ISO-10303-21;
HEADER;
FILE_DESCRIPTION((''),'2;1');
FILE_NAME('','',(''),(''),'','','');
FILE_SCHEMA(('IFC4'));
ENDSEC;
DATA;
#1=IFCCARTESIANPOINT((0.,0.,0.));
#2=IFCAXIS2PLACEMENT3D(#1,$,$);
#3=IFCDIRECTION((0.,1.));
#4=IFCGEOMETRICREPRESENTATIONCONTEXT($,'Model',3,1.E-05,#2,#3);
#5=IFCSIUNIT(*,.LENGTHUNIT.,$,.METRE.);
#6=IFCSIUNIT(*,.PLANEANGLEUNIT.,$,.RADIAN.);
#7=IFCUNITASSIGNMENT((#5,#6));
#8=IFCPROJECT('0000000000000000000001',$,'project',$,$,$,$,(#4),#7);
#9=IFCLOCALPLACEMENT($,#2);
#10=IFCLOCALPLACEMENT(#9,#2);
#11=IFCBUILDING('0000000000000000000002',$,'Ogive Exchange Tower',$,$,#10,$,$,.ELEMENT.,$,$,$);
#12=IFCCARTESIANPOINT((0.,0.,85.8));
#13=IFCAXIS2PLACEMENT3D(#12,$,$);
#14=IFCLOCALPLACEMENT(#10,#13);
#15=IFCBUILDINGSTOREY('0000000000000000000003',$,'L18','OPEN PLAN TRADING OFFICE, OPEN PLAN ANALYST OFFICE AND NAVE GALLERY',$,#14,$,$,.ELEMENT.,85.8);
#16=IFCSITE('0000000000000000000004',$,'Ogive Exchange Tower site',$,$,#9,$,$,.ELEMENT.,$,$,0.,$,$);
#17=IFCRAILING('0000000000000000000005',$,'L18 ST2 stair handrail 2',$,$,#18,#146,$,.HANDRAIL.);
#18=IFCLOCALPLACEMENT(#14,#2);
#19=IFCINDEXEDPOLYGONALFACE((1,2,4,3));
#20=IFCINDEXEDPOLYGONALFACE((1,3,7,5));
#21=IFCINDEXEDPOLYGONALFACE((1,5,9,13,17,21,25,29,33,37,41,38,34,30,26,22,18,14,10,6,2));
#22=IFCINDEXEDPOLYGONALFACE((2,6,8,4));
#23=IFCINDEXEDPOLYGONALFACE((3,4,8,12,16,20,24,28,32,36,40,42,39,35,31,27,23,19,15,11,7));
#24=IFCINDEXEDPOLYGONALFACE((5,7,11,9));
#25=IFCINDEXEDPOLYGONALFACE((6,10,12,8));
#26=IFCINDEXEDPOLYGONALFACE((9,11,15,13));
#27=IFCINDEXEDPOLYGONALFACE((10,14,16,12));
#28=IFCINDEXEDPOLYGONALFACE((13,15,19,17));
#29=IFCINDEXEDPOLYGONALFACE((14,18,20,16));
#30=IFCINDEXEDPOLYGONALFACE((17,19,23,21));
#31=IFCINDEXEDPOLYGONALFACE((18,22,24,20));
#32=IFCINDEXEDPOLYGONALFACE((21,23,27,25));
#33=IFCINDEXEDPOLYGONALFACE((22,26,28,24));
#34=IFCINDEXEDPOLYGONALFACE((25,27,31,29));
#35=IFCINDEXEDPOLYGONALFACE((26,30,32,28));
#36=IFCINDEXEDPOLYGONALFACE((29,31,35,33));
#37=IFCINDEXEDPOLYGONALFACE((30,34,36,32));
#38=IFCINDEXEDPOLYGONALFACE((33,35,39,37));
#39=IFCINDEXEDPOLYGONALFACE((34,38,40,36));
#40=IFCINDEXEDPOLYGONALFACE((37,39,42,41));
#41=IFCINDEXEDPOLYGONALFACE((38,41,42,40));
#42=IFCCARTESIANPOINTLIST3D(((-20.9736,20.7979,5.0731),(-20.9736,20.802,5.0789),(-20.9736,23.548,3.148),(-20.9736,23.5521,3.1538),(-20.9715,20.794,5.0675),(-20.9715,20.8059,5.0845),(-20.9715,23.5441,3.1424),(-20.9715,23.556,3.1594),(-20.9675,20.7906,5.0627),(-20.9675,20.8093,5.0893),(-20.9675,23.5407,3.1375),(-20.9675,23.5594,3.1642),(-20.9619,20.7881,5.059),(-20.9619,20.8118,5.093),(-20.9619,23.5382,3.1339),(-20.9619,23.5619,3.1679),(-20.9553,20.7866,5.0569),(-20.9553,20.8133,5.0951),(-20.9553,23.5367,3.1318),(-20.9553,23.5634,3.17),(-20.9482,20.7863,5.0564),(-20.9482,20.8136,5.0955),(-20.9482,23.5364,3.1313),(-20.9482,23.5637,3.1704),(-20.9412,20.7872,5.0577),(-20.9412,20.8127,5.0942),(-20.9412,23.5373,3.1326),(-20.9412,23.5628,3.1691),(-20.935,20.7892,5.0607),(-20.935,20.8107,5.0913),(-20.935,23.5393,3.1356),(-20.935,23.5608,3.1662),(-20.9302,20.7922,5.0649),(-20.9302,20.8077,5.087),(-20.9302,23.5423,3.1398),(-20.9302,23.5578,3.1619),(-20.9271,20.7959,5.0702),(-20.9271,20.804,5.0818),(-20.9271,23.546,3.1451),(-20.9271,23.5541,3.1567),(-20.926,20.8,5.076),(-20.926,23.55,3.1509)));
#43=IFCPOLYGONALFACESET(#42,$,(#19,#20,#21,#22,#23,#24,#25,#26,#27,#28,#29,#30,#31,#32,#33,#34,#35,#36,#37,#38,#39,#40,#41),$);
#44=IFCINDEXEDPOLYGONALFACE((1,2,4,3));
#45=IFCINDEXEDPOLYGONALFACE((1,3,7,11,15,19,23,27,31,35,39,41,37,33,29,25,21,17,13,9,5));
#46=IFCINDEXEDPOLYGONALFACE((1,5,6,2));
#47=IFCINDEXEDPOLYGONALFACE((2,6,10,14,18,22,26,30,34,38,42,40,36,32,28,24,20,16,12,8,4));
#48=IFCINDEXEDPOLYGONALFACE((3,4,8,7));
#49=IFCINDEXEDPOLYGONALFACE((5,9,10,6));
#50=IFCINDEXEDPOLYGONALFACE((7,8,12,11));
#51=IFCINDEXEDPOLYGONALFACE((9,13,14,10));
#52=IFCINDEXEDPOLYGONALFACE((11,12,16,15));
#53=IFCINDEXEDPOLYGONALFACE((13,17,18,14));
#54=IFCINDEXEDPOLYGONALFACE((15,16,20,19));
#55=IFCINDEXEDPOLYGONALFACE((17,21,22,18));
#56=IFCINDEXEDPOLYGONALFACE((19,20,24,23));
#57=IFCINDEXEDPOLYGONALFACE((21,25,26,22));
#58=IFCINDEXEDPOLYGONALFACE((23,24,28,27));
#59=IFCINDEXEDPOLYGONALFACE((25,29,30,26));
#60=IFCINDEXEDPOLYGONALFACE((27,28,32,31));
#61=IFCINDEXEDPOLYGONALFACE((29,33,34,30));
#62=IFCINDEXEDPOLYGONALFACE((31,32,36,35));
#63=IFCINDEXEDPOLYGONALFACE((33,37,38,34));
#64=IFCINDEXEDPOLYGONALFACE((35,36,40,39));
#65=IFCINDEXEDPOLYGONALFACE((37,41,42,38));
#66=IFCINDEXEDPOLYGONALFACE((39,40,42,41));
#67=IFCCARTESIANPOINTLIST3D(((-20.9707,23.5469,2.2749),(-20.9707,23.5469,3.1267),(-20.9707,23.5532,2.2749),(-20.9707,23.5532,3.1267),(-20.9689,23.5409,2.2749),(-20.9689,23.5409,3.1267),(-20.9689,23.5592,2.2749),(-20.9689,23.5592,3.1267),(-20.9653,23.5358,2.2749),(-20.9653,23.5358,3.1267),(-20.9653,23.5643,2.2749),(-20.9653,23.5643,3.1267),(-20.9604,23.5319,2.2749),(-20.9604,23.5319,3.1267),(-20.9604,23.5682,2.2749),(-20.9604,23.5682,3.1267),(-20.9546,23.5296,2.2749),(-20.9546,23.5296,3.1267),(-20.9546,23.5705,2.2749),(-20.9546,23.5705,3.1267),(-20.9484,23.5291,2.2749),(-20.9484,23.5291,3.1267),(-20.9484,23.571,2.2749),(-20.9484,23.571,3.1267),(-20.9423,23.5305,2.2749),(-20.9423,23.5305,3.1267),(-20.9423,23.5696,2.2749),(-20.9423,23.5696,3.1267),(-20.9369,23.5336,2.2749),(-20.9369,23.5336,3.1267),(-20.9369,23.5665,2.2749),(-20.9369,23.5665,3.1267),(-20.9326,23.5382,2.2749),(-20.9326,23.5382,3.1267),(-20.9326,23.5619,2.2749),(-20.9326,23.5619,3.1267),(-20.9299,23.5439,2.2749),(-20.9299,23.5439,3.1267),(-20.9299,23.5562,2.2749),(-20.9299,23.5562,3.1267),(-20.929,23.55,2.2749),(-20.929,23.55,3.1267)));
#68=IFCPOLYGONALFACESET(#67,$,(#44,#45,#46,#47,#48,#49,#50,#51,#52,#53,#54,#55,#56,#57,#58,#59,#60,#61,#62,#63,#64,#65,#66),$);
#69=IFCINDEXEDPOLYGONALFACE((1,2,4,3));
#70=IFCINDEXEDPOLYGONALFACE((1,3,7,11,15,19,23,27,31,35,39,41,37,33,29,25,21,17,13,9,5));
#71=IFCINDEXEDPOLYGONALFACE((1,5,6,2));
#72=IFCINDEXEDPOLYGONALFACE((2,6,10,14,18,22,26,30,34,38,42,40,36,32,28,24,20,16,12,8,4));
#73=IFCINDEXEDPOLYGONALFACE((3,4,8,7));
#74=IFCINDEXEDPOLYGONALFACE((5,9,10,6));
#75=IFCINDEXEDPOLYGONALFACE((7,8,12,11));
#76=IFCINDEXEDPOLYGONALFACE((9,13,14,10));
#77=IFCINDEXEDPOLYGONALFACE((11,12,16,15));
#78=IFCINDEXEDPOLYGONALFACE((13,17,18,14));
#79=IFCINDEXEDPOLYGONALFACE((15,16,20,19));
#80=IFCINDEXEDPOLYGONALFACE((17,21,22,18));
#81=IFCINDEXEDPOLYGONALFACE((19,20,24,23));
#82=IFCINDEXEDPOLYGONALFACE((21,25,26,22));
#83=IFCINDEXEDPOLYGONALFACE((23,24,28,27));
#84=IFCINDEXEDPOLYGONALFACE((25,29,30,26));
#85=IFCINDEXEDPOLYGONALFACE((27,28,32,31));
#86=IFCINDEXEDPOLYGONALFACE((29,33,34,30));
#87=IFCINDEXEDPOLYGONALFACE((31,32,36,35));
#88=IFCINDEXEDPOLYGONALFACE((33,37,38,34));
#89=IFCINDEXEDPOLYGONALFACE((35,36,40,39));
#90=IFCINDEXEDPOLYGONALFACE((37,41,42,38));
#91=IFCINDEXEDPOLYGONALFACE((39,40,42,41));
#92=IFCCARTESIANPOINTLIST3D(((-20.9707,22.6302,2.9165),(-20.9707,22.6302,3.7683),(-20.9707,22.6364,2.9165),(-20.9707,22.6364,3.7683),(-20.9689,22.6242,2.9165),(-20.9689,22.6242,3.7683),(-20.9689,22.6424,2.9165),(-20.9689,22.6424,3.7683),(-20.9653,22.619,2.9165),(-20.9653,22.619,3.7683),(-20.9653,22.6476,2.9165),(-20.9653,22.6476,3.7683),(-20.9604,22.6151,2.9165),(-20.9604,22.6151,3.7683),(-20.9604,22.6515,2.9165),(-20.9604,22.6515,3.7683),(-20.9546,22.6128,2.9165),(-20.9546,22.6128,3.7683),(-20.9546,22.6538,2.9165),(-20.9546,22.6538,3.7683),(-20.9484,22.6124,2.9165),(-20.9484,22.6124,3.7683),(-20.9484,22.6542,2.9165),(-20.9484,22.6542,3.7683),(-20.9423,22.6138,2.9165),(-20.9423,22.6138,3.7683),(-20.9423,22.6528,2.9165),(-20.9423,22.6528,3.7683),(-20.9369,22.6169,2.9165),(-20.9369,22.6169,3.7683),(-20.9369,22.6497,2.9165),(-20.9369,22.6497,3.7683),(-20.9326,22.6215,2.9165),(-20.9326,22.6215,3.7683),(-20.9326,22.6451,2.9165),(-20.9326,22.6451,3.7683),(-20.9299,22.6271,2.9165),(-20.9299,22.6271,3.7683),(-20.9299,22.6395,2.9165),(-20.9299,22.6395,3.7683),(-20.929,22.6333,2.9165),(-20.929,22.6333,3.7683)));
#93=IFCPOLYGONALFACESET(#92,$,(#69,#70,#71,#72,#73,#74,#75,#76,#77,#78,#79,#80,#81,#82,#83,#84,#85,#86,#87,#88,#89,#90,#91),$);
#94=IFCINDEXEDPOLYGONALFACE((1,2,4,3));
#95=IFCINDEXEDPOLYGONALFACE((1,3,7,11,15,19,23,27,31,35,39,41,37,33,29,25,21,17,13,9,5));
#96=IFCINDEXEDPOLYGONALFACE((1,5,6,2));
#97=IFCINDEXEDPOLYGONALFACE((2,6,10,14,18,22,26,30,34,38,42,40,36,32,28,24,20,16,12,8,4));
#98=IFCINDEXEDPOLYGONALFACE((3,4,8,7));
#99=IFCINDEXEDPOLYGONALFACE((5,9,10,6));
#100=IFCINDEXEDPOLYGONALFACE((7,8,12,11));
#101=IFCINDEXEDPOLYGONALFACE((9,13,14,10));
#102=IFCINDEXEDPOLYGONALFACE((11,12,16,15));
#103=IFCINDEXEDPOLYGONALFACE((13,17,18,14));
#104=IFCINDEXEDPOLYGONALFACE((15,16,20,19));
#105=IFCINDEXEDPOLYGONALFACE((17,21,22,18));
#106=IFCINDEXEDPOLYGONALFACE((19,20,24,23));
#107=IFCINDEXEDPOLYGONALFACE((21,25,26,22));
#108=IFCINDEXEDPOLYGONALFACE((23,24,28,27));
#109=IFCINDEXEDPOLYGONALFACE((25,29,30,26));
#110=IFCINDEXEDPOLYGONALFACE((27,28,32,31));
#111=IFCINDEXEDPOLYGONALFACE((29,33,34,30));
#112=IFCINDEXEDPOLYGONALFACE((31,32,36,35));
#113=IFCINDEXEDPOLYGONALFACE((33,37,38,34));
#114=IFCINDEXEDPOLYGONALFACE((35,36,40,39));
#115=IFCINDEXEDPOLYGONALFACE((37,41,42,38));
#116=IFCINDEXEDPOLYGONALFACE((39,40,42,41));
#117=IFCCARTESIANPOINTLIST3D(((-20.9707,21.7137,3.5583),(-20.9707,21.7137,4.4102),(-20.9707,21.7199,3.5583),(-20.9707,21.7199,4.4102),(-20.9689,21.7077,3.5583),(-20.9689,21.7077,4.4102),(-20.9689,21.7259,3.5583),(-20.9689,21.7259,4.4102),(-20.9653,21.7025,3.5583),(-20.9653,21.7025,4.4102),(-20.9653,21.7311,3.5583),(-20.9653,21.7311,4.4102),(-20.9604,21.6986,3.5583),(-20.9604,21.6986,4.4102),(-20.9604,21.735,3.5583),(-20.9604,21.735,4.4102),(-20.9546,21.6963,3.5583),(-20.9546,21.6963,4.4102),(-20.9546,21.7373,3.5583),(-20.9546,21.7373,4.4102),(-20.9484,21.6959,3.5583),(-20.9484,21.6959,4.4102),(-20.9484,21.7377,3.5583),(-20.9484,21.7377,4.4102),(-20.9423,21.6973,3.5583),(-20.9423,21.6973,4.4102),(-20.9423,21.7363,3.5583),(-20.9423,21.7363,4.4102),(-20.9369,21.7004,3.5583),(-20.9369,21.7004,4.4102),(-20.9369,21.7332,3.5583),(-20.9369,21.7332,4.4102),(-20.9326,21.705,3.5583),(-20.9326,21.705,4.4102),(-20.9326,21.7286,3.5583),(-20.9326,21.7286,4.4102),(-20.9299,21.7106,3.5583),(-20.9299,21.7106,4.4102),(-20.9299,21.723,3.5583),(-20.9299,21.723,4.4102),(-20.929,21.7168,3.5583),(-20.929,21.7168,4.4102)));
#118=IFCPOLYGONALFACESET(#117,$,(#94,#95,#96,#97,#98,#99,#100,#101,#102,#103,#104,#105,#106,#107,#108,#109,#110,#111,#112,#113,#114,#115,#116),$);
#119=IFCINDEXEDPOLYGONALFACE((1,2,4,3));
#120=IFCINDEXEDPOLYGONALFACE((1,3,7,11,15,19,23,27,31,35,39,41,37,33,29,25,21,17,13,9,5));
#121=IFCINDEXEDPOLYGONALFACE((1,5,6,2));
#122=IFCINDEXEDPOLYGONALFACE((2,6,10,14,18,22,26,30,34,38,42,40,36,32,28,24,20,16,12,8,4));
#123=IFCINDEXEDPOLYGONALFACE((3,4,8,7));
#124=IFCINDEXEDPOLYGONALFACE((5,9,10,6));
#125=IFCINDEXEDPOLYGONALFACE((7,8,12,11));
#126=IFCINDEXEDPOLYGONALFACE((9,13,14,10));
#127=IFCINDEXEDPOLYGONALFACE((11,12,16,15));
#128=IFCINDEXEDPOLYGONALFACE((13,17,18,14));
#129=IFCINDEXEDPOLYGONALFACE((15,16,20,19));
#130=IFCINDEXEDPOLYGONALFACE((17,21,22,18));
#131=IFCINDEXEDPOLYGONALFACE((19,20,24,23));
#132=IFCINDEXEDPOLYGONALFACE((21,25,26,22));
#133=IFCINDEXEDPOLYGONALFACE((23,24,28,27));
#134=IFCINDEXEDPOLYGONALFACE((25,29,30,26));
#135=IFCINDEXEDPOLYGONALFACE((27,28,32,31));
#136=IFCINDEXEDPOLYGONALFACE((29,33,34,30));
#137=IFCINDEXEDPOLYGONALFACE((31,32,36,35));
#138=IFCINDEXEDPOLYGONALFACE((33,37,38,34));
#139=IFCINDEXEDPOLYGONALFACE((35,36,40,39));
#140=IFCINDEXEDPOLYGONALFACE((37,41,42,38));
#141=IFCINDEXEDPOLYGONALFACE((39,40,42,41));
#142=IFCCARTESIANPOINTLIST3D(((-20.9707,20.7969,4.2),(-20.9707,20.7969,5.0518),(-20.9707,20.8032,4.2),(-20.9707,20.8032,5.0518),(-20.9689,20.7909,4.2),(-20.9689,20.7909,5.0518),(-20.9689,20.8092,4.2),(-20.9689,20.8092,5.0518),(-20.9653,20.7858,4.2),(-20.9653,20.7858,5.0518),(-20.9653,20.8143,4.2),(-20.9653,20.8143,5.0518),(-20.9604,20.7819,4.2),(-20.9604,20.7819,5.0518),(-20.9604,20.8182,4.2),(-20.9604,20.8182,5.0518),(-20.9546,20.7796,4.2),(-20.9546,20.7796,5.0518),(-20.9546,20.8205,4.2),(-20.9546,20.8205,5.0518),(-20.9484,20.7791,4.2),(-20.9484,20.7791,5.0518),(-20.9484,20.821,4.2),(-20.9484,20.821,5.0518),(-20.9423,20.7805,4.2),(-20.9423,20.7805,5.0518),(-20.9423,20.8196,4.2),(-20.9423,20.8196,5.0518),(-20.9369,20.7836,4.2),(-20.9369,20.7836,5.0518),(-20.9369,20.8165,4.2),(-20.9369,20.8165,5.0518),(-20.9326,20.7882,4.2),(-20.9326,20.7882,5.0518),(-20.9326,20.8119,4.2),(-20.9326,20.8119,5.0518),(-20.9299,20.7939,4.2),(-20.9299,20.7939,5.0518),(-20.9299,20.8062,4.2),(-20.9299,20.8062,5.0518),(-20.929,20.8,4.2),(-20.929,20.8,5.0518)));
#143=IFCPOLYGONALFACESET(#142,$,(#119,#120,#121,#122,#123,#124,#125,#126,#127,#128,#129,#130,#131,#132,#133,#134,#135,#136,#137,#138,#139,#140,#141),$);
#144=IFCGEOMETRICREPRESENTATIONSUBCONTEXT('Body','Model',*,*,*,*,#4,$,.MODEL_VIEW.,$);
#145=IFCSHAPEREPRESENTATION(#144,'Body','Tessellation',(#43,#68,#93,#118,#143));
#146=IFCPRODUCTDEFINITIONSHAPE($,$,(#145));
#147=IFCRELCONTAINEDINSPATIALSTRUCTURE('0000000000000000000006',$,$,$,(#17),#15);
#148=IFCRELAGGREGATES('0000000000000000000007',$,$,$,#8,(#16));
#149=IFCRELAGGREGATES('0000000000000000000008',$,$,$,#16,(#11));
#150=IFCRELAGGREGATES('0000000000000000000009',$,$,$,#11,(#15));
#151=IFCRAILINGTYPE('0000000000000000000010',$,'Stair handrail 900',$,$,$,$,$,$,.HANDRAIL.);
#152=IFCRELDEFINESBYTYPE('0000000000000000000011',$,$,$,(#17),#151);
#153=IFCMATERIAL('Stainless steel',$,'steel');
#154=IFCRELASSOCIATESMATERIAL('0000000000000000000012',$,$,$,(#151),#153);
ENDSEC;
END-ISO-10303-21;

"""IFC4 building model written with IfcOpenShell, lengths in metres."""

from ifc_helpers import new_model, si_unit, direction, frame, origin, origin_2d, place, context, subcontext, project, spatial, circle, extrude, material, type_object, element, save


model = new_model("IFC4")

# Units and contexts
model_context = context("Model", 3, precision=1e-05, world=origin(), true_north=direction((0.0, 1.0)))
body_context = subcontext(model_context, "Body", "Model", "MODEL_VIEW")
ifc_project = project(units=[si_unit("LENGTHUNIT", "METRE"), si_unit("PLANEANGLEUNIT", "RADIAN")], contexts=[model_context])

# Site, building, storey
site_placement = place(None, origin())
site = spatial("IfcSite", under=ifc_project, at=site_placement, Name="Ogive Exchange Tower site", CompositionType="ELEMENT", RefElevation=0.0)
building_placement = place(site_placement, origin())
building = spatial("IfcBuilding", under=site, at=building_placement, Name="Ogive Exchange Tower", CompositionType="ELEMENT")
storey_placement = place(building_placement, frame((0.0, 0.0, 85.8)))
storey = spatial("IfcBuildingStorey", under=building, at=storey_placement, Name="L18", Description="OPEN PLAN TRADING OFFICE, OPEN PLAN ANALYST OFFICE AND NAVE GALLERY", CompositionType="ELEMENT", Elevation=85.8)

# Railing
ifc_material_1 = material(Name="Stainless steel", Category="steel")
railing_type = type_object("IfcRailingType", Name="Stair handrail 900", PredefinedType="HANDRAIL", material=ifc_material_1)
railing_1_placement = place(storey_placement, frame((-20.95, 23.55, 2.2749)))
element("IfcRailing", 1, at=railing_1_placement, inside=storey, type_object=railing_type, Name="L18 ST2 stair handrail 2", PredefinedType="HANDRAIL", context=body_context, shape_type="SweptSolid", body=[
    extrude(circle(Radius=0.0239, at=origin_2d()), frame((0.0, 0.0, 0.876), z_axis=(0.0, -0.819225, 0.573472), x_axis=(1.0, 0.0, 0.0)), (0.0, 0.0, 1.0), 3.3569),
    extrude(circle(Radius=0.021, at=origin_2d()), origin(), (0.0, 0.0, 1.0), 0.8518),
    extrude(circle(Radius=0.021, at=origin_2d()), frame((0.0, -0.9167, 0.6416)), (0.0, 0.0, 1.0), 0.8518),
    extrude(circle(Radius=0.021, at=origin_2d()), frame((0.0, -1.8333, 1.2834)), (0.0, 0.0, 1.0), 0.8518),
    extrude(circle(Radius=0.021, at=origin_2d()), frame((0.0, -2.75, 1.925)), (0.0, 0.0, 1.0), 0.8518),
])

save(model, "model.ifc")
